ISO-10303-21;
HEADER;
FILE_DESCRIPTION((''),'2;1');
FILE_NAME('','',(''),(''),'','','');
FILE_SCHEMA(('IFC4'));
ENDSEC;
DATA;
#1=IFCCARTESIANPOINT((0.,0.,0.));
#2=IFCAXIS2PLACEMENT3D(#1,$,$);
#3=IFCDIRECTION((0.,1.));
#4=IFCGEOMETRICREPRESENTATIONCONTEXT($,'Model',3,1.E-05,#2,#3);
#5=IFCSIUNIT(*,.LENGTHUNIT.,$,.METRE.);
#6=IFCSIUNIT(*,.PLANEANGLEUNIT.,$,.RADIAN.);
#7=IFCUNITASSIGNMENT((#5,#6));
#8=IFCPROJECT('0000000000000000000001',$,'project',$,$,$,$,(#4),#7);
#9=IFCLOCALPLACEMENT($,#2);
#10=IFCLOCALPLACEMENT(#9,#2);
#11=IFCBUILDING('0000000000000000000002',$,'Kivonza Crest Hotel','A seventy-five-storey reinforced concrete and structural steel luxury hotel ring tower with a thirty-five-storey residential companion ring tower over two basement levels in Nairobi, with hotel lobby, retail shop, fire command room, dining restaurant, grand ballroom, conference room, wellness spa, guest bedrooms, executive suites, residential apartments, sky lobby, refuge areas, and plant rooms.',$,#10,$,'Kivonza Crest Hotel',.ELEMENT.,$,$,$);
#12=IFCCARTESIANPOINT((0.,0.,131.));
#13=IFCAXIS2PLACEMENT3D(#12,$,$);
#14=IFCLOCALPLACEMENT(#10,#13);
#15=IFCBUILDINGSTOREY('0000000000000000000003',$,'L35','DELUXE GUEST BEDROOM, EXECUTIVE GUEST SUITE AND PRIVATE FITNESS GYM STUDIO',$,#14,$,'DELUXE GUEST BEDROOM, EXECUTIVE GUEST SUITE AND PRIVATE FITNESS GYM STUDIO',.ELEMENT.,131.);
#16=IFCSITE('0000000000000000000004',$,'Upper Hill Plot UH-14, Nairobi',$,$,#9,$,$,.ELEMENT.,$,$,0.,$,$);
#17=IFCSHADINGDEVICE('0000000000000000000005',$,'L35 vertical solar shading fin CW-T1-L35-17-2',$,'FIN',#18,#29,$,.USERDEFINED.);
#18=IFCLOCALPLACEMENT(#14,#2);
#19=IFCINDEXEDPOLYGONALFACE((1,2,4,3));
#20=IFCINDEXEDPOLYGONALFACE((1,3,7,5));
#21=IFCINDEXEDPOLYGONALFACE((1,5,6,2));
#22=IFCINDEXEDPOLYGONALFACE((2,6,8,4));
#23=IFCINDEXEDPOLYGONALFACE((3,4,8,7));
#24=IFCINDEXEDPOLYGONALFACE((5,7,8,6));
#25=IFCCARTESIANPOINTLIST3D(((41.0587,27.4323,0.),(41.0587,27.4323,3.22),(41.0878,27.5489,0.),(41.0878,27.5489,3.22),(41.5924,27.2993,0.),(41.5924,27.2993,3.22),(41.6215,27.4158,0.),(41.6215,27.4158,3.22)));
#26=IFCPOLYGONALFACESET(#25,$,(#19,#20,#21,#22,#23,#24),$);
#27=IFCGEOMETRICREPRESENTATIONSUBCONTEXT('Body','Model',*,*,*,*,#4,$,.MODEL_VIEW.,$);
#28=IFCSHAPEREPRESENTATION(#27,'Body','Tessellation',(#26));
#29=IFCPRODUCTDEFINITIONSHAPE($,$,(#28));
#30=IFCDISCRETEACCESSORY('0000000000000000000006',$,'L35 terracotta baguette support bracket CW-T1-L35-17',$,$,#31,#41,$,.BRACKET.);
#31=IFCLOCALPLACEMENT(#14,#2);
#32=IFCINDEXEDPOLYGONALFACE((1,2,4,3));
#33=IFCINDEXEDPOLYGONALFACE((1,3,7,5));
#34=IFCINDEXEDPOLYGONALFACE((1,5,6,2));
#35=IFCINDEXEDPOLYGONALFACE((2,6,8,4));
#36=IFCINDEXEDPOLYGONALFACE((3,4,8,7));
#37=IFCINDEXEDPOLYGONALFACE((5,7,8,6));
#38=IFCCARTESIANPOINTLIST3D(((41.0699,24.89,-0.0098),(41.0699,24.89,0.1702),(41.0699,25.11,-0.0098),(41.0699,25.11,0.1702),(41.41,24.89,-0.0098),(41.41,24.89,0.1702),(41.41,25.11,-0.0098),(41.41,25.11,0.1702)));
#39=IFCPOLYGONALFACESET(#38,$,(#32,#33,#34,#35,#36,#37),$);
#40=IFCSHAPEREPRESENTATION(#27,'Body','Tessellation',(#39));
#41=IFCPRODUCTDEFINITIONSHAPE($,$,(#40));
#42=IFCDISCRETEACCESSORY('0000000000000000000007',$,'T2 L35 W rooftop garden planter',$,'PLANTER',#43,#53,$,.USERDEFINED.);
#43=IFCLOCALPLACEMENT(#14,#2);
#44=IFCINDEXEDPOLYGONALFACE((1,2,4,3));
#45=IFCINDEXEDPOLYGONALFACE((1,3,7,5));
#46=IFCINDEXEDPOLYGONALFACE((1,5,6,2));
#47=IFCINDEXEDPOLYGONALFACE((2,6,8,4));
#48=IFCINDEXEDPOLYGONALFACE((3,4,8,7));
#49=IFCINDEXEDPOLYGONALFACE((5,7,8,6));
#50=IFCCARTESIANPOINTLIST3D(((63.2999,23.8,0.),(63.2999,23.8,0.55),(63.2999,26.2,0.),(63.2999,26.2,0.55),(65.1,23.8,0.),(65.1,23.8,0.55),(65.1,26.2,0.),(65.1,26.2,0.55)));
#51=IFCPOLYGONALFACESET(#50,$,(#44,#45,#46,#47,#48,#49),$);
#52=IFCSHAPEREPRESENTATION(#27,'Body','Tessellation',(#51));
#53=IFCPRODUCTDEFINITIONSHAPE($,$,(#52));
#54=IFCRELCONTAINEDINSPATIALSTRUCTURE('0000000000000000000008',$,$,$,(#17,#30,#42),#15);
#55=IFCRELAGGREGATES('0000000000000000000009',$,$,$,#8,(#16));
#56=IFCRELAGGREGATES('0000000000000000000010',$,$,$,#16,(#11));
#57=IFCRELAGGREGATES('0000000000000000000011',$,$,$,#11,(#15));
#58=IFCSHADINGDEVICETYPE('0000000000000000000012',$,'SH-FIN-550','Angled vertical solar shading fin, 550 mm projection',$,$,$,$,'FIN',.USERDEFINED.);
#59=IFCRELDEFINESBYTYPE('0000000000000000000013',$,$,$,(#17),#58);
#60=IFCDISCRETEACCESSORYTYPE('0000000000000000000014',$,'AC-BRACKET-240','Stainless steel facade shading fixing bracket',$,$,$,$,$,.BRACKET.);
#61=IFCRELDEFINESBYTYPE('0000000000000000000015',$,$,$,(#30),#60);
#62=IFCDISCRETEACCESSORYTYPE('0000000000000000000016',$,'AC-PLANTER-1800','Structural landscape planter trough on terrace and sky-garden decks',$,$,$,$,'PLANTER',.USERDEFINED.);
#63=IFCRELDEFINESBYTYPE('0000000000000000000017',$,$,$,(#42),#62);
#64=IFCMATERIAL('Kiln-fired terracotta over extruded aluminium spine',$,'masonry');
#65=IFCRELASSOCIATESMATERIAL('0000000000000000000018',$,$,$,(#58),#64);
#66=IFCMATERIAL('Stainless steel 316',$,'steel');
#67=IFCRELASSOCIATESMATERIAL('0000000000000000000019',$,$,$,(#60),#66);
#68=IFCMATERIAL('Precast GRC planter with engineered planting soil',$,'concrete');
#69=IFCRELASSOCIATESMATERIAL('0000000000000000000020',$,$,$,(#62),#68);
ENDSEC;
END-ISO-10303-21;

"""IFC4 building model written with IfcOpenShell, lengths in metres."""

from ifc_helpers import new_model, si_unit, direction, frame, origin, origin_2d, place, context, subcontext, project, spatial, rectangle, extrude, material, type_object, element, save


model = new_model("IFC4")

# Units and contexts
model_context = context("Model", 3, precision=1e-05, world=origin(), true_north=direction((0.0, 1.0)))
body_context = subcontext(model_context, "Body", "Model", "MODEL_VIEW")
ifc_project = project(units=[si_unit("LENGTHUNIT", "METRE"), si_unit("PLANEANGLEUNIT", "RADIAN")], contexts=[model_context])

# Site, building, storey
site_placement = place(None, origin())
site = spatial("IfcSite", under=ifc_project, at=site_placement, Name="Upper Hill Plot UH-14, Nairobi", CompositionType="ELEMENT", RefElevation=0.0)
building_placement = place(site_placement, origin())
building = spatial("IfcBuilding", under=site, at=building_placement, Name="Kivonza Crest Hotel", Description="A seventy-five-storey reinforced concrete and structural steel luxury hotel ring tower with a thirty-five-storey residential companion ring tower over two basement levels in Nairobi, with hotel lobby, retail shop, fire command room, dining restaurant, grand ballroom, conference room, wellness spa, guest bedrooms, executive suites, residential apartments, sky lobby, refuge areas, and plant rooms.", LongName="Kivonza Crest Hotel", CompositionType="ELEMENT")
storey_placement = place(building_placement, frame((0.0, 0.0, 131.0)))
storey = spatial("IfcBuildingStorey", under=building, at=storey_placement, Name="L35", Description="DELUXE GUEST BEDROOM, EXECUTIVE GUEST SUITE AND PRIVATE FITNESS GYM STUDIO", LongName="DELUXE GUEST BEDROOM, EXECUTIVE GUEST SUITE AND PRIVATE FITNESS GYM STUDIO", CompositionType="ELEMENT", Elevation=131.0)

# Shading device
ifc_material_1 = material(Name="Kiln-fired terracotta over extruded aluminium spine", Category="masonry")
shading_device_type_1 = type_object("IfcShadingDeviceType", Name="SH-FIN-550", Description="Angled vertical solar shading fin, 550 mm projection", ElementType="FIN", PredefinedType="USERDEFINED", material=ifc_material_1)
shading_device_1_placement = place(storey_placement, frame((41.3401, 27.4241, 0.0), z_axis=(0.0, 0.0, 1.0), x_axis=(0.241922, 0.970296, 0.0)))
element("IfcShadingDevice", 1, at=shading_device_1_placement, inside=storey, type_object=shading_device_type_1, Name="L35 vertical solar shading fin CW-T1-L35-17-2", ObjectType="FIN", PredefinedType="USERDEFINED", context=body_context, shape_type="SweptSolid", body=[
    extrude(rectangle(XDim=0.1201, YDim=0.55, at=origin_2d()), origin(), (0.0, 0.0, 1.0), 3.22),
])

# Discrete accessories
ifc_material_2 = material(Name="Stainless steel 316", Category="steel")
discrete_accessory_type_1 = type_object("IfcDiscreteAccessoryType", Name="AC-BRACKET-240", Description="Stainless steel facade shading fixing bracket", PredefinedType="BRACKET", material=ifc_material_2)
discrete_accessory_1_placement = place(storey_placement, frame((41.24, 25.0, -0.0098), z_axis=(0.0, 0.0, 1.0), x_axis=(0.0, 1.0, 0.0)))
element("IfcDiscreteAccessory", 2, at=discrete_accessory_1_placement, inside=storey, type_object=discrete_accessory_type_1, Name="L35 terracotta baguette support bracket CW-T1-L35-17", PredefinedType="BRACKET", context=body_context, shape_type="SweptSolid", body=[
    extrude(rectangle(XDim=0.22, YDim=0.3401, at=origin_2d()), origin(), (0.0, 0.0, 1.0), 0.1799),
])
ifc_material_3 = material(Name="Precast GRC planter with engineered planting soil", Category="concrete")
discrete_accessory_type_2 = type_object("IfcDiscreteAccessoryType", Name="AC-PLANTER-1800", Description="Structural landscape planter trough on terrace and sky-garden decks", ElementType="PLANTER", PredefinedType="USERDEFINED", material=ifc_material_3)
discrete_accessory_2_placement = place(storey_placement, frame((64.2, 25.0, 0.0), z_axis=(0.0, 0.0, 1.0), x_axis=(1.0, 0.0, 0.0)))
element("IfcDiscreteAccessory", 3, at=discrete_accessory_2_placement, inside=storey, type_object=discrete_accessory_type_2, Name="T2 L35 W rooftop garden planter", ObjectType="PLANTER", PredefinedType="USERDEFINED", context=body_context, shape_type="SweptSolid", body=[
    extrude(rectangle(XDim=1.8, YDim=2.3999, at=origin_2d()), origin(), (0.0, 0.0, 1.0), 0.55),
])

save(model, "model.ifc")
